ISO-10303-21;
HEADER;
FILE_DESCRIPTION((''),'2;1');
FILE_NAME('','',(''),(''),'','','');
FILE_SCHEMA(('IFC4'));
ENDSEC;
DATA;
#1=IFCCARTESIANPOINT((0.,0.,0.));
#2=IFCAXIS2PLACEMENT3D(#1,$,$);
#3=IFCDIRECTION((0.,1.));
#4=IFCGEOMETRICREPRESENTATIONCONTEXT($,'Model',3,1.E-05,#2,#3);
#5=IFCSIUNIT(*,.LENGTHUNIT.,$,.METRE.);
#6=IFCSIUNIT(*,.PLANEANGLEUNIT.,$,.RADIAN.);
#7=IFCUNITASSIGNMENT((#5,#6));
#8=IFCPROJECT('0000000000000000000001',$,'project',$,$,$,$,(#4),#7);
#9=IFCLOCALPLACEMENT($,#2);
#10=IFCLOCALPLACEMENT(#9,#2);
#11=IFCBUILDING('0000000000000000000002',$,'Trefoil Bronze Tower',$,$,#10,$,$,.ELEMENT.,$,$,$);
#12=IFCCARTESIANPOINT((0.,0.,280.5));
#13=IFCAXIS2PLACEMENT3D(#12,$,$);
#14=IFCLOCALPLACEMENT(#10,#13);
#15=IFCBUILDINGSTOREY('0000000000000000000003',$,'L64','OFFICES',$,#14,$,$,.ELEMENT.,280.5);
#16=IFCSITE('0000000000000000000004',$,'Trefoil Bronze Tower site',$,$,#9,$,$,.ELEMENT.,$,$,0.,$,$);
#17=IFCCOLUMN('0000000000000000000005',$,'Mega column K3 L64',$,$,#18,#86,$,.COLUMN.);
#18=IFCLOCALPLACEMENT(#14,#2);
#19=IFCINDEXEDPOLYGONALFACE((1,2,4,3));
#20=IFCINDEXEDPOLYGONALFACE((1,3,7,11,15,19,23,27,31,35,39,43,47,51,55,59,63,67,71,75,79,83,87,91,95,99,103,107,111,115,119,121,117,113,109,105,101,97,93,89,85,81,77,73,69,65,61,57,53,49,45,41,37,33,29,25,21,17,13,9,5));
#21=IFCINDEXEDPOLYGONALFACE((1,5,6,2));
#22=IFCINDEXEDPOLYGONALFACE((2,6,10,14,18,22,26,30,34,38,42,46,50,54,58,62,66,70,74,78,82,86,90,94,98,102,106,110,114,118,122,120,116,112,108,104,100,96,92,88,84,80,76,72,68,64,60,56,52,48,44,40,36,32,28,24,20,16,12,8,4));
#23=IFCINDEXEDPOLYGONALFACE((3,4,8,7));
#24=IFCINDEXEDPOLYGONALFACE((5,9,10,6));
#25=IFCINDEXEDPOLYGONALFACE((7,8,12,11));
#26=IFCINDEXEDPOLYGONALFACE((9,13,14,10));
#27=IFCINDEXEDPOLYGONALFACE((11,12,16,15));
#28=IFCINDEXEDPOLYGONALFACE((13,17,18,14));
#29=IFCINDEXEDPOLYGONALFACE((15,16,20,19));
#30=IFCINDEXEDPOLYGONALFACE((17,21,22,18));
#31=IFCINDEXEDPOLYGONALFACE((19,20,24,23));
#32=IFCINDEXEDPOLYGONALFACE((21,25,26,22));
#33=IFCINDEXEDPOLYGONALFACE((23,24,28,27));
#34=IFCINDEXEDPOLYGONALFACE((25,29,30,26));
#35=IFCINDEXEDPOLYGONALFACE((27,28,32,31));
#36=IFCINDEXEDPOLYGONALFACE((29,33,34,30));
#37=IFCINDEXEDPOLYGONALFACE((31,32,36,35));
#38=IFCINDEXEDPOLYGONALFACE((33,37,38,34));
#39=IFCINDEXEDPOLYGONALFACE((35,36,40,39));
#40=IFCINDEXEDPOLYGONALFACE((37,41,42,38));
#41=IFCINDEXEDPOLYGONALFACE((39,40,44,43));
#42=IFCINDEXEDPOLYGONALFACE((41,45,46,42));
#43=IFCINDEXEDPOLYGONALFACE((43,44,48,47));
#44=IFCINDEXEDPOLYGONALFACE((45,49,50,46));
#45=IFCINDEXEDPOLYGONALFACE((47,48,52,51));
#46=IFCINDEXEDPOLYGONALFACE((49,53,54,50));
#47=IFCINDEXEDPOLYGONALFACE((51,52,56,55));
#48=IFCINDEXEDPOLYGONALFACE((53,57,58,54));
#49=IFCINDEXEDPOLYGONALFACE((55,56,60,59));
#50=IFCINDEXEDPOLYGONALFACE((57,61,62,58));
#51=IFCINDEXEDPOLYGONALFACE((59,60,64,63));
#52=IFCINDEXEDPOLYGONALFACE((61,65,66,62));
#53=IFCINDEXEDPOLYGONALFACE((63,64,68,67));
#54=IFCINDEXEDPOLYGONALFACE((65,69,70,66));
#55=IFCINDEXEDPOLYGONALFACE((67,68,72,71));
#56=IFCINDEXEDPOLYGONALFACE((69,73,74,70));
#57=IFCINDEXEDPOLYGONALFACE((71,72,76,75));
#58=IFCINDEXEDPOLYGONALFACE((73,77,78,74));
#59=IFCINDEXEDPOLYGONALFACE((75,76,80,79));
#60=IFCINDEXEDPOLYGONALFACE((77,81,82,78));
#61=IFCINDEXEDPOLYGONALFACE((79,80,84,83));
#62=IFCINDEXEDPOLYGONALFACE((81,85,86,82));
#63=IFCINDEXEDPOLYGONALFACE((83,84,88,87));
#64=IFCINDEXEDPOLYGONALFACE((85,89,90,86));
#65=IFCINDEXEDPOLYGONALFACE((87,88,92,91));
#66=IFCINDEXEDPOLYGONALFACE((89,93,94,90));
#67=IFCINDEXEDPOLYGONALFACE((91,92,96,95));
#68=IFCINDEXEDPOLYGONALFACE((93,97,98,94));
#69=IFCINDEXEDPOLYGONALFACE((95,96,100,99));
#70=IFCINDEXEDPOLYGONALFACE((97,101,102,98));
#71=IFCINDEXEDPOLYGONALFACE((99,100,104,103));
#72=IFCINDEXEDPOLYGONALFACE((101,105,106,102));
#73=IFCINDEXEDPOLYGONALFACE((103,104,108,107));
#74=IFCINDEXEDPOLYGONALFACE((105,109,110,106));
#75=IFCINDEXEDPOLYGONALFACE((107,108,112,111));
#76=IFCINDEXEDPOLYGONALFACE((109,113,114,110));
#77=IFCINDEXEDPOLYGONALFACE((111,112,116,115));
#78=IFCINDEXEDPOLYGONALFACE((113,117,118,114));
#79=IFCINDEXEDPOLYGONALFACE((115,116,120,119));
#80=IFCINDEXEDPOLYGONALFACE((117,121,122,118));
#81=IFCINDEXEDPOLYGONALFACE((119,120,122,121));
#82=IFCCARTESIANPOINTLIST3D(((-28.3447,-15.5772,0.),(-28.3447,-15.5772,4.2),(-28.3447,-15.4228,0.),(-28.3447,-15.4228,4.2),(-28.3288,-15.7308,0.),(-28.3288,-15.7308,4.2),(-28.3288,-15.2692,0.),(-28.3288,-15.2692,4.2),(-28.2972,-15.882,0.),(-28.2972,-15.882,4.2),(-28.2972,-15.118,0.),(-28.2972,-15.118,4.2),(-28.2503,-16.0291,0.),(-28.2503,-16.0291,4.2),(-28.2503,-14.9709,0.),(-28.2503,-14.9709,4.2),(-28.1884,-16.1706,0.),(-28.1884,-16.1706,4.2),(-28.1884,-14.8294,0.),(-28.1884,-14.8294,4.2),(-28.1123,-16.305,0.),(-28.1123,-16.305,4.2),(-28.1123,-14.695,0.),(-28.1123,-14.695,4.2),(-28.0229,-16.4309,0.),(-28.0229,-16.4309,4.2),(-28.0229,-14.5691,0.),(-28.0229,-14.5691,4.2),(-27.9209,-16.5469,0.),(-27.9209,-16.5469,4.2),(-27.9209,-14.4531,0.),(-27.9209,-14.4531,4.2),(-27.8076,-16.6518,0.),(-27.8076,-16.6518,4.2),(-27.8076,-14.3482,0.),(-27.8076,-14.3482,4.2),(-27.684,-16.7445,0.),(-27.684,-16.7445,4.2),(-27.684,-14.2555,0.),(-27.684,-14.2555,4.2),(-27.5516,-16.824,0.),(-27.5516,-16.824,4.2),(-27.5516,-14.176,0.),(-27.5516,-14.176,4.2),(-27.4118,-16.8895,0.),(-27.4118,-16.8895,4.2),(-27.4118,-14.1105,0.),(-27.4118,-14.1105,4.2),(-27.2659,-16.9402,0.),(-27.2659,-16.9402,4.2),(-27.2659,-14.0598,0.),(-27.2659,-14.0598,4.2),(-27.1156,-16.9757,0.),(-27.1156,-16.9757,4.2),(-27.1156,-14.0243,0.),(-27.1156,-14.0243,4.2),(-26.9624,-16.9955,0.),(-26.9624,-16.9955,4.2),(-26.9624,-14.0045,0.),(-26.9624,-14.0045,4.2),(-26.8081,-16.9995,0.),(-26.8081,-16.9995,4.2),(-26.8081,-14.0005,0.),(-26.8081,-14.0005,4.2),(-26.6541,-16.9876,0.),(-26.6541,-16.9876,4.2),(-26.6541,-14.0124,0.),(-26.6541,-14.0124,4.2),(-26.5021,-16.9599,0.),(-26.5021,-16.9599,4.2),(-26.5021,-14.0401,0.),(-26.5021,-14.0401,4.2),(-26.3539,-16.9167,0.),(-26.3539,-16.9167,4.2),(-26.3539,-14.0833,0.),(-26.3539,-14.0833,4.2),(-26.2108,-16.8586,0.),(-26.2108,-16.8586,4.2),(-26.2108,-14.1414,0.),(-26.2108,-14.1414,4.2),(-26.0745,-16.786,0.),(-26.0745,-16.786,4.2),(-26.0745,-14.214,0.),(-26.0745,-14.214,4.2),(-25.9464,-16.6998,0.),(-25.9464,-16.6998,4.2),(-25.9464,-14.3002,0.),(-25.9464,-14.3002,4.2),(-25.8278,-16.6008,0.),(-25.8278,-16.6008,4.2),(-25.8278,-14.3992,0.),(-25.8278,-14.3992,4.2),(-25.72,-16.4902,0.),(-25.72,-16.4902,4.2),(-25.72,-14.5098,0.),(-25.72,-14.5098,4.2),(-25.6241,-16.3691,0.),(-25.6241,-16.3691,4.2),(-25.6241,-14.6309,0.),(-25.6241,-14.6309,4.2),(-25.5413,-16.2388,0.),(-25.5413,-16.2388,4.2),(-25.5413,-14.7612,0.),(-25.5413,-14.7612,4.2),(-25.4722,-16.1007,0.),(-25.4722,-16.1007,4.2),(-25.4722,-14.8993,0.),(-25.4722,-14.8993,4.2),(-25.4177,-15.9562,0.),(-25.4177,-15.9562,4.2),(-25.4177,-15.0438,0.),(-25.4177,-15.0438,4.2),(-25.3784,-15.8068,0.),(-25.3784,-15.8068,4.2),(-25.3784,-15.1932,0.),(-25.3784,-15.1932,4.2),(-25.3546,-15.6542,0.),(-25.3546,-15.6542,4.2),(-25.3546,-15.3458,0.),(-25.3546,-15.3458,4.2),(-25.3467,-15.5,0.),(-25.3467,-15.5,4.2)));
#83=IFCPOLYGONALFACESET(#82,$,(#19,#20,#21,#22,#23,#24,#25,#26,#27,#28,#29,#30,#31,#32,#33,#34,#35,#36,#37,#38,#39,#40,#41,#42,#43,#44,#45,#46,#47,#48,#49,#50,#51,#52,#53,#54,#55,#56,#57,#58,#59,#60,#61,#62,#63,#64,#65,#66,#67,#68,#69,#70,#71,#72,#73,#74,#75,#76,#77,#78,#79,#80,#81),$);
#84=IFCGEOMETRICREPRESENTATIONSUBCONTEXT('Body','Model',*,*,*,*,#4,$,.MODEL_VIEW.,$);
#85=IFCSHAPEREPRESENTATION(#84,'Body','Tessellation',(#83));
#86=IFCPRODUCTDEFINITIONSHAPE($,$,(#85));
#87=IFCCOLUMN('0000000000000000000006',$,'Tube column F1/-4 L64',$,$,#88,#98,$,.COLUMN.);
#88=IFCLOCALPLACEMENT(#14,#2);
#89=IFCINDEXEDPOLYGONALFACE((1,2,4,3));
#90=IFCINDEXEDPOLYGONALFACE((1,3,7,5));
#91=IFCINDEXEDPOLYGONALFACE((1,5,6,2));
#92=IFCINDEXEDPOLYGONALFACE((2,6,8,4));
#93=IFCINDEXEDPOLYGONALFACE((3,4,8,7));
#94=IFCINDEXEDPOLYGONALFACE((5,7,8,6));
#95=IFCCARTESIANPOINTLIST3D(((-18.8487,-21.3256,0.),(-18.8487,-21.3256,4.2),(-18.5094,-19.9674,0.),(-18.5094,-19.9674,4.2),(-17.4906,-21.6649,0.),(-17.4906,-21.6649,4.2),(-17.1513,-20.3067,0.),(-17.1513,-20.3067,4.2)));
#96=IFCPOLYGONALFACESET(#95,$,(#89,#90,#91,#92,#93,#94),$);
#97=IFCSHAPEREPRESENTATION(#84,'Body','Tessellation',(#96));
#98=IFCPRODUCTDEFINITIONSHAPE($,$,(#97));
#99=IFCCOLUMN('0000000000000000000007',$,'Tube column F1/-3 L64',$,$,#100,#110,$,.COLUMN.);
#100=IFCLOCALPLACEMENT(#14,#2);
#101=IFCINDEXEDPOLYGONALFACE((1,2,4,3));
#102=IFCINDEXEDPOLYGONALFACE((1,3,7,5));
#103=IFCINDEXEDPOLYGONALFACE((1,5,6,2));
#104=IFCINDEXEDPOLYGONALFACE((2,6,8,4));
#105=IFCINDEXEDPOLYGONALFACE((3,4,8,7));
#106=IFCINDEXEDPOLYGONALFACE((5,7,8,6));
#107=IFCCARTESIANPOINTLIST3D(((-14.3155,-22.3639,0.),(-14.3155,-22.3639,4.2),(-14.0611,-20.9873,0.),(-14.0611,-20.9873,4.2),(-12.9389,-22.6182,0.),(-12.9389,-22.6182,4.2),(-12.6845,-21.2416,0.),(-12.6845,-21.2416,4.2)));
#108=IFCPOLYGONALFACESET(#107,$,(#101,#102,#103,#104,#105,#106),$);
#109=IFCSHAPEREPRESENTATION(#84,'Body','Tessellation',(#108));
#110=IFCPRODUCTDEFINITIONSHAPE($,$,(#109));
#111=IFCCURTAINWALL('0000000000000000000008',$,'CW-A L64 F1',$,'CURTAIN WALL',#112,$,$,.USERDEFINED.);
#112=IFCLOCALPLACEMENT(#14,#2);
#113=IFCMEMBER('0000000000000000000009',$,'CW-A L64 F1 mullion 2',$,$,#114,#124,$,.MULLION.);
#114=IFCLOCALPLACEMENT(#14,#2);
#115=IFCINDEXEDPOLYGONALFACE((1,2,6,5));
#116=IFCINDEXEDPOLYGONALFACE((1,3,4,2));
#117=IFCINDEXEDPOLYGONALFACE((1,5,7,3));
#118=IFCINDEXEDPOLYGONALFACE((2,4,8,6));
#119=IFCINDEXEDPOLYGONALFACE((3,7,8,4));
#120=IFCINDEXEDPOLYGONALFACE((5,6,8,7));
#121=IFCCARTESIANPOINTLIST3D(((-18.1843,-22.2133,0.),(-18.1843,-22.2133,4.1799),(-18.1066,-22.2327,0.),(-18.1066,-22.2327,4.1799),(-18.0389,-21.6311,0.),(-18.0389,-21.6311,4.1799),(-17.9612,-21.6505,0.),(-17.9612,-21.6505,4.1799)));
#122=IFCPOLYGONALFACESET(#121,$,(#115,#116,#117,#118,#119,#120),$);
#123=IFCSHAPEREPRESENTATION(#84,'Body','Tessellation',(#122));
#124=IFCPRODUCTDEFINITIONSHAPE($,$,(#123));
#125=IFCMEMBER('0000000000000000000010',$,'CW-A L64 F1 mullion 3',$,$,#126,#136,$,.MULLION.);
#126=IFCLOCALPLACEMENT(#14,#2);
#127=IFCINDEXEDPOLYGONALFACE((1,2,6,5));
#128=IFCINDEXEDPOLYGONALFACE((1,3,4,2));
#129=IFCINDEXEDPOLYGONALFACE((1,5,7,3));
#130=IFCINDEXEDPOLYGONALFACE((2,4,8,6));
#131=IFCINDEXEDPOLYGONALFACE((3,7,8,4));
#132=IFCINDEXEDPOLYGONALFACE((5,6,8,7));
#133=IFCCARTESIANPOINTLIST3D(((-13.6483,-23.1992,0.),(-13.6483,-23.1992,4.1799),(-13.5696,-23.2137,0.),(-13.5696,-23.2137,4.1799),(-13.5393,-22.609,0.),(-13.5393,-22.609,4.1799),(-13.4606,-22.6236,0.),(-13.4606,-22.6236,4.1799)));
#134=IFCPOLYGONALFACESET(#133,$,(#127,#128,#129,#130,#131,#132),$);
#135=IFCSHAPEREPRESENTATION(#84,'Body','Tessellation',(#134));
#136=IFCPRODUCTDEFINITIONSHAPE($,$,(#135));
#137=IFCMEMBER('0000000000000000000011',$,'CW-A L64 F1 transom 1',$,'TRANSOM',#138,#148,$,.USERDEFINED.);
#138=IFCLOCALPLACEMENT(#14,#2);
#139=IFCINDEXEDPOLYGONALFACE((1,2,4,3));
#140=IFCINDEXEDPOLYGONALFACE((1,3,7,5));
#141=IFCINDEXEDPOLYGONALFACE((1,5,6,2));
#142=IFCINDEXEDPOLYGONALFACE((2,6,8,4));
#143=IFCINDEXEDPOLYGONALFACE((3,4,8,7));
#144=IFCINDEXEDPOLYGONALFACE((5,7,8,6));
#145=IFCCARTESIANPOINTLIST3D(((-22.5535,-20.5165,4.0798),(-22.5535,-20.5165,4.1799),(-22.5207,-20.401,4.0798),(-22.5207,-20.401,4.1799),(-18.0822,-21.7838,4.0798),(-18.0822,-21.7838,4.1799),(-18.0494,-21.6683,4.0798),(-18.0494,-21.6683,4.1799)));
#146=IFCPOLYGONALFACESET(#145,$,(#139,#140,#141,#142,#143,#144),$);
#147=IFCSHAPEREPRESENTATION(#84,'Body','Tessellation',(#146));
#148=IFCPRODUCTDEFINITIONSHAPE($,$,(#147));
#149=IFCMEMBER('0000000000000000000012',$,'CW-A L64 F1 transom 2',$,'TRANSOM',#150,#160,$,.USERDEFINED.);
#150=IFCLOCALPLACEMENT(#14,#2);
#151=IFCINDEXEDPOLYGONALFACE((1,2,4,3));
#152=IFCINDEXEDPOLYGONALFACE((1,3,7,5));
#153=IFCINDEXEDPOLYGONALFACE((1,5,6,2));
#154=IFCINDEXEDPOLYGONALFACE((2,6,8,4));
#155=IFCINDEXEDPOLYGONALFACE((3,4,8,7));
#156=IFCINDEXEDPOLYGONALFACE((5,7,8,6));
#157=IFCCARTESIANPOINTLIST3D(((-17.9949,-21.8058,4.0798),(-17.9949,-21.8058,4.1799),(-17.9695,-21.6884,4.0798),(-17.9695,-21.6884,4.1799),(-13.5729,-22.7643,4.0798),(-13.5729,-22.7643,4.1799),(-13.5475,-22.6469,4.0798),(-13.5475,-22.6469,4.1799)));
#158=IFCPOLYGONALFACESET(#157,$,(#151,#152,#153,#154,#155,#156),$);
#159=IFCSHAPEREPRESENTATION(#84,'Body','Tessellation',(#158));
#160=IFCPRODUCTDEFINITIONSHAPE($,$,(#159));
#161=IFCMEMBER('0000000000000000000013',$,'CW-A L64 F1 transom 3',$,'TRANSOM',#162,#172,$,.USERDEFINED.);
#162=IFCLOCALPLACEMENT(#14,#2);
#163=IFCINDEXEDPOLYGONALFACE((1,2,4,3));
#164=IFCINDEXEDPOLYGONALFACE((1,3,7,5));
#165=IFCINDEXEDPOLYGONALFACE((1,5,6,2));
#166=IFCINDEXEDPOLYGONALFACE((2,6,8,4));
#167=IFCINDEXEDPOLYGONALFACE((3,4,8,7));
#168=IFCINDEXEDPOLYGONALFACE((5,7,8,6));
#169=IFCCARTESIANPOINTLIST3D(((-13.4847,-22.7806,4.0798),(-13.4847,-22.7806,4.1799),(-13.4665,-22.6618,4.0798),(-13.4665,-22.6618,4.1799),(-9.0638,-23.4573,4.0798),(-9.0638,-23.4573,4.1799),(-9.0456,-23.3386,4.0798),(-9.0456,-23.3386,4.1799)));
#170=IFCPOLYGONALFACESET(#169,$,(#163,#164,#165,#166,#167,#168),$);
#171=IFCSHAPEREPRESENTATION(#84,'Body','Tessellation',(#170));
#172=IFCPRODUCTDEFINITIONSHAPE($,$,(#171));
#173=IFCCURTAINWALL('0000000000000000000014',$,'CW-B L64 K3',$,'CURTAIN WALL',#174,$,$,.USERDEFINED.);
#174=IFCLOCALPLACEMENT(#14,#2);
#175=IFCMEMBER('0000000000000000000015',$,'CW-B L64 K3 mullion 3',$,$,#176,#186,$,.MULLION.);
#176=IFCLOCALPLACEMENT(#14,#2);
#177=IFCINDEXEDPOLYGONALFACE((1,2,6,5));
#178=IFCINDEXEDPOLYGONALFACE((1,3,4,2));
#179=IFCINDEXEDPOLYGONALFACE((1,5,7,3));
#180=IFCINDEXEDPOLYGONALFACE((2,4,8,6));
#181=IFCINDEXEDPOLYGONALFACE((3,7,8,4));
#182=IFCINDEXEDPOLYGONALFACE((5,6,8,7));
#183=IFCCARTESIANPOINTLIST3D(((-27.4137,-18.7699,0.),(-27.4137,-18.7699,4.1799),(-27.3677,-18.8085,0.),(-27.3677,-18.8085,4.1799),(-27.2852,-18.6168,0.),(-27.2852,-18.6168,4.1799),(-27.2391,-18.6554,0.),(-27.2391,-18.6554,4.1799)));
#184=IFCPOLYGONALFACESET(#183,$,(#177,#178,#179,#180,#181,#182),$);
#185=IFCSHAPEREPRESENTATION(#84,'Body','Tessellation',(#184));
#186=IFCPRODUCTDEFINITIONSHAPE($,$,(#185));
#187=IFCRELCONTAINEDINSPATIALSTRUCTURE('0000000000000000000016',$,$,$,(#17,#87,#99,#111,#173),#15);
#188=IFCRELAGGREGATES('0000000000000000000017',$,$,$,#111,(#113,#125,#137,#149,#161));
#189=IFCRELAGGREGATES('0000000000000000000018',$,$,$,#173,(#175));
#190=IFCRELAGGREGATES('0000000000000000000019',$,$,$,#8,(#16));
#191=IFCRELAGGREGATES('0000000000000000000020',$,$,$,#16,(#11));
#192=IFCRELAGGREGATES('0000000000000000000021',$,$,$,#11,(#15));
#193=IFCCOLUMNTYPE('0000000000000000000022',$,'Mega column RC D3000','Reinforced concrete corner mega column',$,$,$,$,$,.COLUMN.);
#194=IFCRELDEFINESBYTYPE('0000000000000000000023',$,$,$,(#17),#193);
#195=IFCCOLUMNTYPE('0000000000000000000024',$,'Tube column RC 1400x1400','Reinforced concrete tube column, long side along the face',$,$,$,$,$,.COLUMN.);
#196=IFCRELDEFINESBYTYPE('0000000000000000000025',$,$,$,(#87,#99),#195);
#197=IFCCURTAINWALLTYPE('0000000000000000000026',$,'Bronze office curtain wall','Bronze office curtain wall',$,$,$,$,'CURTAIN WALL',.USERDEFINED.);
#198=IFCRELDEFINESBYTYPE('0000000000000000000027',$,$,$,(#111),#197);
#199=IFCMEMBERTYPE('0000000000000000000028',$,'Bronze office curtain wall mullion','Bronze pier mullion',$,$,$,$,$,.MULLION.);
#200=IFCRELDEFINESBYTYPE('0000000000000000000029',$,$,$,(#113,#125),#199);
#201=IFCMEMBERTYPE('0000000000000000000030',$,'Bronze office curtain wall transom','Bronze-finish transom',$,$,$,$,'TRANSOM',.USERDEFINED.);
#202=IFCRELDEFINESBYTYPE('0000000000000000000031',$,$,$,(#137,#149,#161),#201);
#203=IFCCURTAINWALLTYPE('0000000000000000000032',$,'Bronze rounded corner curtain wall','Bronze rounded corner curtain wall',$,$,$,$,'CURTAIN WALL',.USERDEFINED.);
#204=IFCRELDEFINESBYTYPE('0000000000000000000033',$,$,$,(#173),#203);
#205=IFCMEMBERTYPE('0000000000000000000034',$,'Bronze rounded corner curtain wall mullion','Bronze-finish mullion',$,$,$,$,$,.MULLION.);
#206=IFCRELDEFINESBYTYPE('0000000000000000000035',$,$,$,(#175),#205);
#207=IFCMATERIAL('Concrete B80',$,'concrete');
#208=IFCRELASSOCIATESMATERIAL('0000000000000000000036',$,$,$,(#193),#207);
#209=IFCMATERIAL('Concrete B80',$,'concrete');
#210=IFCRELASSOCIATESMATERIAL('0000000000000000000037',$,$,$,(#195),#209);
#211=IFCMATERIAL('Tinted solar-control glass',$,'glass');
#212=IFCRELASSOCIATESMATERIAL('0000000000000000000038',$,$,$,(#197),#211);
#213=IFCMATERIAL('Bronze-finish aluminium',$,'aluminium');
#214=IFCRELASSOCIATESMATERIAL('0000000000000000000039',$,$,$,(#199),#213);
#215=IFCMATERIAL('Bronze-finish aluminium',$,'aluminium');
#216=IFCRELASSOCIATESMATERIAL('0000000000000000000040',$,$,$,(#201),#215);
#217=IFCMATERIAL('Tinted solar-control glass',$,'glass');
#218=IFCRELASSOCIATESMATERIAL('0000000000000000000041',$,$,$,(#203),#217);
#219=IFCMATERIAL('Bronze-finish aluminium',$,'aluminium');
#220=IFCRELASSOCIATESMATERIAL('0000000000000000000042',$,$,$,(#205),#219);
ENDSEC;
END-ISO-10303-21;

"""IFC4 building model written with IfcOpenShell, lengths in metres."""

from ifc_helpers import new_model, si_unit, direction, frame, origin, origin_2d, place, context, subcontext, project, spatial, rectangle, circle, extrude, material, material_profile, profile_set, type_object, element, aggregate, save


model = new_model("IFC4")

# Units and contexts
model_context = context("Model", 3, precision=1e-05, world=origin(), true_north=direction((0.0, 1.0)))
body_context = subcontext(model_context, "Body", "Model", "MODEL_VIEW")
ifc_project = project(units=[si_unit("LENGTHUNIT", "METRE"), si_unit("PLANEANGLEUNIT", "RADIAN")], contexts=[model_context])

# Site, building, storey
site_placement = place(None, origin())
site = spatial("IfcSite", under=ifc_project, at=site_placement, Name="Trefoil Bronze Tower site", CompositionType="ELEMENT", RefElevation=0.0)
building_placement = place(site_placement, origin())
building = spatial("IfcBuilding", under=site, at=building_placement, Name="Trefoil Bronze Tower", CompositionType="ELEMENT")
storey_placement = place(building_placement, frame((0.0, 0.0, 280.5)))
storey = spatial("IfcBuildingStorey", under=building, at=storey_placement, Name="L64", Description="OFFICES", CompositionType="ELEMENT", Elevation=280.5)

# Columns
ifc_material_1 = material(Name="Concrete B80", Category="concrete")
ifc_material_profile_1 = material_profile(ifc_material_1, circle(Radius=1.5, at=origin_2d()), Name="RC D3000")
ifc_profile_set_1 = profile_set([ifc_material_profile_1], Name="Concrete B80")
column_type_1 = type_object("IfcColumnType", Name="Mega column RC D3000", Description="Reinforced concrete corner mega column", PredefinedType="COLUMN", material=ifc_profile_set_1)
column_placement = place(storey_placement, frame((-26.8467, -15.5, 0.0), z_axis=(0.0, 0.0, 1.0), x_axis=(1.0, 0.0, 0.0)))
element("IfcColumn", 1, at=column_placement, inside=storey, type_object=column_type_1, Name="Mega column K3 L64", PredefinedType="COLUMN", context=body_context, shape_type="SweptSolid", body=[
    extrude(circle(Radius=1.5, at=origin_2d()), origin(), (0.0, 0.0, 1.0), 4.2),
])
ifc_material_2 = material(Name="Concrete B80", Category="concrete")
ifc_material_profile_2 = material_profile(ifc_material_2, rectangle(XDim=1.3999, YDim=1.3999, at=origin_2d()), Name="RC 1400x1400")
ifc_profile_set_2 = profile_set([ifc_material_profile_2], Name="Concrete B80")
column_type_2 = type_object("IfcColumnType", Name="Tube column RC 1400x1400", Description="Reinforced concrete tube column, long side along the face", PredefinedType="COLUMN", material=ifc_profile_set_2)
for number, where, z_axis, x_axis, name in (
    (2, (-18.0, -20.8162, 0.0), (0.0, 0.0, 1.0), (0.970178, -0.242394, 0.0), "Tube column F1/-4 L64"),
    (3, (-13.5, -21.8027, 0.0), (0.0, 0.0, 1.0), (0.98336, -0.181667, 0.0), "Tube column F1/-3 L64"),
):
    element("IfcColumn", number, at=place(storey_placement, frame(where, z_axis=z_axis, x_axis=x_axis)), inside=storey, type_object=column_type_2, Name=name, PredefinedType="COLUMN", context=body_context, shape_type="SweptSolid", body=[
        extrude(rectangle(XDim=1.3999, YDim=1.3999, at=origin_2d()), origin(), (0.0, 0.0, 1.0), 4.2),
    ])

# Curtain walls, members
ifc_material_3 = material(Name="Tinted solar-control glass", Category="glass")
curtain_wall_type_1 = type_object("IfcCurtainWallType", Name="Bronze office curtain wall", Description="Bronze office curtain wall", ElementType="CURTAIN WALL", PredefinedType="USERDEFINED", material=ifc_material_3)
curtain_wall_1_placement = place(storey_placement, origin())
curtain_wall_1 = element("IfcCurtainWall", 4, at=curtain_wall_1_placement, inside=storey, type_object=curtain_wall_type_1, Name="CW-A L64 F1", ObjectType="CURTAIN WALL", PredefinedType="USERDEFINED")
ifc_material_4 = material(Name="Bronze-finish aluminium", Category="aluminium")
ifc_material_profile_3 = material_profile(ifc_material_4, rectangle(XDim=0.6001, YDim=0.0801, at=origin_2d()), Name="CW-A mullion")
ifc_profile_set_3 = profile_set([ifc_material_profile_3], Name="Bronze-finish aluminium")
member_type_1 = type_object("IfcMemberType", Name="Bronze office curtain wall mullion", Description="Bronze pier mullion", PredefinedType="MULLION", material=ifc_profile_set_3)
member_1_placement = place(storey_placement, frame((-18.0728, -21.9319, 0.0), z_axis=(0.0, 0.0, 1.0), x_axis=(0.242394, 0.970178, 0.0)))
member_1 = element("IfcMember", 5, at=member_1_placement, type_object=member_type_1, Name="CW-A L64 F1 mullion 2", PredefinedType="MULLION", context=body_context, shape_type="SweptSolid", body=[
    extrude(rectangle(XDim=0.6001, YDim=0.0801, at=origin_2d()), origin(), (0.0, 0.0, 1.0), 4.1799),
])
member_2_placement = place(storey_placement, frame((-13.5544, -22.9114, 0.0), z_axis=(0.0, 0.0, 1.0), x_axis=(0.181667, 0.98336, 0.0)))
member_2 = element("IfcMember", 6, at=member_2_placement, type_object=member_type_1, Name="CW-A L64 F1 mullion 3", PredefinedType="MULLION", context=body_context, shape_type="SweptSolid", body=[
    extrude(rectangle(XDim=0.6001, YDim=0.0801, at=origin_2d()), origin(), (0.0, 0.0, 1.0), 4.1799),
])
ifc_material_5 = material(Name="Bronze-finish aluminium", Category="aluminium")
ifc_material_profile_4 = material_profile(ifc_material_5, rectangle(XDim=0.1201, YDim=0.1001, at=origin_2d()), Name="CW-A transom")
ifc_profile_set_4 = profile_set([ifc_material_profile_4], Name="Bronze-finish aluminium")
member_type_2 = type_object("IfcMemberType", Name="Bronze office curtain wall transom", Description="Bronze-finish transom", ElementType="TRANSOM", PredefinedType="USERDEFINED", material=ifc_profile_set_4)
member_3_placement = place(storey_placement, frame((-22.5371, -20.4587, 4.1299), z_axis=(0.962103, -0.272688, 0.0), x_axis=(0.272688, 0.962103, 0.0)))
member_3 = element("IfcMember", 7, at=member_3_placement, type_object=member_type_2, Name="CW-A L64 F1 transom 1", ObjectType="TRANSOM", PredefinedType="USERDEFINED", context=body_context, shape_type="SweptSolid", body=[
    extrude(rectangle(XDim=0.1201, YDim=0.1001, at=origin_2d()), origin(), (0.0, 0.0, 1.0), 4.6475),
])
member_4_placement = place(storey_placement, frame((-17.9822, -21.7471, 4.1299), z_axis=(0.977304, -0.211843, 0.0), x_axis=(0.211843, 0.977304, 0.0)))
member_4 = element("IfcMember", 8, at=member_4_placement, type_object=member_type_2, Name="CW-A L64 F1 transom 2", ObjectType="TRANSOM", PredefinedType="USERDEFINED", context=body_context, shape_type="SweptSolid", body=[
    extrude(rectangle(XDim=0.1201, YDim=0.1001, at=origin_2d()), origin(), (0.0, 0.0, 1.0), 4.5247),
])
member_5_placement = place(storey_placement, frame((-13.4756, -22.7212, 4.1299), z_axis=(0.988485, -0.151319, 0.0), x_axis=(0.151319, 0.988485, 0.0)))
member_5 = element("IfcMember", 9, at=member_5_placement, type_object=member_type_2, Name="CW-A L64 F1 transom 3", ObjectType="TRANSOM", PredefinedType="USERDEFINED", context=body_context, shape_type="SweptSolid", body=[
    extrude(rectangle(XDim=0.1201, YDim=0.1001, at=origin_2d()), origin(), (0.0, 0.0, 1.0), 4.4724),
])
ifc_material_6 = material(Name="Tinted solar-control glass", Category="glass")
curtain_wall_type_2 = type_object("IfcCurtainWallType", Name="Bronze rounded corner curtain wall", Description="Bronze rounded corner curtain wall", ElementType="CURTAIN WALL", PredefinedType="USERDEFINED", material=ifc_material_6)
curtain_wall_2_placement = place(storey_placement, origin())
curtain_wall_2 = element("IfcCurtainWall", 10, at=curtain_wall_2_placement, inside=storey, type_object=curtain_wall_type_2, Name="CW-B L64 K3", ObjectType="CURTAIN WALL", PredefinedType="USERDEFINED")
ifc_material_7 = material(Name="Bronze-finish aluminium", Category="aluminium")
ifc_material_profile_5 = material_profile(ifc_material_7, rectangle(XDim=0.2, YDim=0.0601, at=origin_2d()), Name="CW-B mullion")
ifc_profile_set_5 = profile_set([ifc_material_profile_5], Name="Bronze-finish aluminium")
member_type_3 = type_object("IfcMemberType", Name="Bronze rounded corner curtain wall mullion", Description="Bronze-finish mullion", PredefinedType="MULLION", material=ifc_profile_set_5)
member_6_placement = place(storey_placement, frame((-27.3264, -18.7126, 0.0), z_axis=(0.0, 0.0, 1.0), x_axis=(0.642788, 0.766044, 0.0)))
member_6 = element("IfcMember", 11, at=member_6_placement, type_object=member_type_3, Name="CW-B L64 K3 mullion 3", PredefinedType="MULLION", context=body_context, shape_type="SweptSolid", body=[
    extrude(rectangle(XDim=0.2, YDim=0.0601, at=origin_2d()), origin(), (0.0, 0.0, 1.0), 4.1799),
])

aggregate(curtain_wall_1, [member_1, member_2, member_3, member_4, member_5])
aggregate(curtain_wall_2, [member_6])

save(model, "model.ifc")
